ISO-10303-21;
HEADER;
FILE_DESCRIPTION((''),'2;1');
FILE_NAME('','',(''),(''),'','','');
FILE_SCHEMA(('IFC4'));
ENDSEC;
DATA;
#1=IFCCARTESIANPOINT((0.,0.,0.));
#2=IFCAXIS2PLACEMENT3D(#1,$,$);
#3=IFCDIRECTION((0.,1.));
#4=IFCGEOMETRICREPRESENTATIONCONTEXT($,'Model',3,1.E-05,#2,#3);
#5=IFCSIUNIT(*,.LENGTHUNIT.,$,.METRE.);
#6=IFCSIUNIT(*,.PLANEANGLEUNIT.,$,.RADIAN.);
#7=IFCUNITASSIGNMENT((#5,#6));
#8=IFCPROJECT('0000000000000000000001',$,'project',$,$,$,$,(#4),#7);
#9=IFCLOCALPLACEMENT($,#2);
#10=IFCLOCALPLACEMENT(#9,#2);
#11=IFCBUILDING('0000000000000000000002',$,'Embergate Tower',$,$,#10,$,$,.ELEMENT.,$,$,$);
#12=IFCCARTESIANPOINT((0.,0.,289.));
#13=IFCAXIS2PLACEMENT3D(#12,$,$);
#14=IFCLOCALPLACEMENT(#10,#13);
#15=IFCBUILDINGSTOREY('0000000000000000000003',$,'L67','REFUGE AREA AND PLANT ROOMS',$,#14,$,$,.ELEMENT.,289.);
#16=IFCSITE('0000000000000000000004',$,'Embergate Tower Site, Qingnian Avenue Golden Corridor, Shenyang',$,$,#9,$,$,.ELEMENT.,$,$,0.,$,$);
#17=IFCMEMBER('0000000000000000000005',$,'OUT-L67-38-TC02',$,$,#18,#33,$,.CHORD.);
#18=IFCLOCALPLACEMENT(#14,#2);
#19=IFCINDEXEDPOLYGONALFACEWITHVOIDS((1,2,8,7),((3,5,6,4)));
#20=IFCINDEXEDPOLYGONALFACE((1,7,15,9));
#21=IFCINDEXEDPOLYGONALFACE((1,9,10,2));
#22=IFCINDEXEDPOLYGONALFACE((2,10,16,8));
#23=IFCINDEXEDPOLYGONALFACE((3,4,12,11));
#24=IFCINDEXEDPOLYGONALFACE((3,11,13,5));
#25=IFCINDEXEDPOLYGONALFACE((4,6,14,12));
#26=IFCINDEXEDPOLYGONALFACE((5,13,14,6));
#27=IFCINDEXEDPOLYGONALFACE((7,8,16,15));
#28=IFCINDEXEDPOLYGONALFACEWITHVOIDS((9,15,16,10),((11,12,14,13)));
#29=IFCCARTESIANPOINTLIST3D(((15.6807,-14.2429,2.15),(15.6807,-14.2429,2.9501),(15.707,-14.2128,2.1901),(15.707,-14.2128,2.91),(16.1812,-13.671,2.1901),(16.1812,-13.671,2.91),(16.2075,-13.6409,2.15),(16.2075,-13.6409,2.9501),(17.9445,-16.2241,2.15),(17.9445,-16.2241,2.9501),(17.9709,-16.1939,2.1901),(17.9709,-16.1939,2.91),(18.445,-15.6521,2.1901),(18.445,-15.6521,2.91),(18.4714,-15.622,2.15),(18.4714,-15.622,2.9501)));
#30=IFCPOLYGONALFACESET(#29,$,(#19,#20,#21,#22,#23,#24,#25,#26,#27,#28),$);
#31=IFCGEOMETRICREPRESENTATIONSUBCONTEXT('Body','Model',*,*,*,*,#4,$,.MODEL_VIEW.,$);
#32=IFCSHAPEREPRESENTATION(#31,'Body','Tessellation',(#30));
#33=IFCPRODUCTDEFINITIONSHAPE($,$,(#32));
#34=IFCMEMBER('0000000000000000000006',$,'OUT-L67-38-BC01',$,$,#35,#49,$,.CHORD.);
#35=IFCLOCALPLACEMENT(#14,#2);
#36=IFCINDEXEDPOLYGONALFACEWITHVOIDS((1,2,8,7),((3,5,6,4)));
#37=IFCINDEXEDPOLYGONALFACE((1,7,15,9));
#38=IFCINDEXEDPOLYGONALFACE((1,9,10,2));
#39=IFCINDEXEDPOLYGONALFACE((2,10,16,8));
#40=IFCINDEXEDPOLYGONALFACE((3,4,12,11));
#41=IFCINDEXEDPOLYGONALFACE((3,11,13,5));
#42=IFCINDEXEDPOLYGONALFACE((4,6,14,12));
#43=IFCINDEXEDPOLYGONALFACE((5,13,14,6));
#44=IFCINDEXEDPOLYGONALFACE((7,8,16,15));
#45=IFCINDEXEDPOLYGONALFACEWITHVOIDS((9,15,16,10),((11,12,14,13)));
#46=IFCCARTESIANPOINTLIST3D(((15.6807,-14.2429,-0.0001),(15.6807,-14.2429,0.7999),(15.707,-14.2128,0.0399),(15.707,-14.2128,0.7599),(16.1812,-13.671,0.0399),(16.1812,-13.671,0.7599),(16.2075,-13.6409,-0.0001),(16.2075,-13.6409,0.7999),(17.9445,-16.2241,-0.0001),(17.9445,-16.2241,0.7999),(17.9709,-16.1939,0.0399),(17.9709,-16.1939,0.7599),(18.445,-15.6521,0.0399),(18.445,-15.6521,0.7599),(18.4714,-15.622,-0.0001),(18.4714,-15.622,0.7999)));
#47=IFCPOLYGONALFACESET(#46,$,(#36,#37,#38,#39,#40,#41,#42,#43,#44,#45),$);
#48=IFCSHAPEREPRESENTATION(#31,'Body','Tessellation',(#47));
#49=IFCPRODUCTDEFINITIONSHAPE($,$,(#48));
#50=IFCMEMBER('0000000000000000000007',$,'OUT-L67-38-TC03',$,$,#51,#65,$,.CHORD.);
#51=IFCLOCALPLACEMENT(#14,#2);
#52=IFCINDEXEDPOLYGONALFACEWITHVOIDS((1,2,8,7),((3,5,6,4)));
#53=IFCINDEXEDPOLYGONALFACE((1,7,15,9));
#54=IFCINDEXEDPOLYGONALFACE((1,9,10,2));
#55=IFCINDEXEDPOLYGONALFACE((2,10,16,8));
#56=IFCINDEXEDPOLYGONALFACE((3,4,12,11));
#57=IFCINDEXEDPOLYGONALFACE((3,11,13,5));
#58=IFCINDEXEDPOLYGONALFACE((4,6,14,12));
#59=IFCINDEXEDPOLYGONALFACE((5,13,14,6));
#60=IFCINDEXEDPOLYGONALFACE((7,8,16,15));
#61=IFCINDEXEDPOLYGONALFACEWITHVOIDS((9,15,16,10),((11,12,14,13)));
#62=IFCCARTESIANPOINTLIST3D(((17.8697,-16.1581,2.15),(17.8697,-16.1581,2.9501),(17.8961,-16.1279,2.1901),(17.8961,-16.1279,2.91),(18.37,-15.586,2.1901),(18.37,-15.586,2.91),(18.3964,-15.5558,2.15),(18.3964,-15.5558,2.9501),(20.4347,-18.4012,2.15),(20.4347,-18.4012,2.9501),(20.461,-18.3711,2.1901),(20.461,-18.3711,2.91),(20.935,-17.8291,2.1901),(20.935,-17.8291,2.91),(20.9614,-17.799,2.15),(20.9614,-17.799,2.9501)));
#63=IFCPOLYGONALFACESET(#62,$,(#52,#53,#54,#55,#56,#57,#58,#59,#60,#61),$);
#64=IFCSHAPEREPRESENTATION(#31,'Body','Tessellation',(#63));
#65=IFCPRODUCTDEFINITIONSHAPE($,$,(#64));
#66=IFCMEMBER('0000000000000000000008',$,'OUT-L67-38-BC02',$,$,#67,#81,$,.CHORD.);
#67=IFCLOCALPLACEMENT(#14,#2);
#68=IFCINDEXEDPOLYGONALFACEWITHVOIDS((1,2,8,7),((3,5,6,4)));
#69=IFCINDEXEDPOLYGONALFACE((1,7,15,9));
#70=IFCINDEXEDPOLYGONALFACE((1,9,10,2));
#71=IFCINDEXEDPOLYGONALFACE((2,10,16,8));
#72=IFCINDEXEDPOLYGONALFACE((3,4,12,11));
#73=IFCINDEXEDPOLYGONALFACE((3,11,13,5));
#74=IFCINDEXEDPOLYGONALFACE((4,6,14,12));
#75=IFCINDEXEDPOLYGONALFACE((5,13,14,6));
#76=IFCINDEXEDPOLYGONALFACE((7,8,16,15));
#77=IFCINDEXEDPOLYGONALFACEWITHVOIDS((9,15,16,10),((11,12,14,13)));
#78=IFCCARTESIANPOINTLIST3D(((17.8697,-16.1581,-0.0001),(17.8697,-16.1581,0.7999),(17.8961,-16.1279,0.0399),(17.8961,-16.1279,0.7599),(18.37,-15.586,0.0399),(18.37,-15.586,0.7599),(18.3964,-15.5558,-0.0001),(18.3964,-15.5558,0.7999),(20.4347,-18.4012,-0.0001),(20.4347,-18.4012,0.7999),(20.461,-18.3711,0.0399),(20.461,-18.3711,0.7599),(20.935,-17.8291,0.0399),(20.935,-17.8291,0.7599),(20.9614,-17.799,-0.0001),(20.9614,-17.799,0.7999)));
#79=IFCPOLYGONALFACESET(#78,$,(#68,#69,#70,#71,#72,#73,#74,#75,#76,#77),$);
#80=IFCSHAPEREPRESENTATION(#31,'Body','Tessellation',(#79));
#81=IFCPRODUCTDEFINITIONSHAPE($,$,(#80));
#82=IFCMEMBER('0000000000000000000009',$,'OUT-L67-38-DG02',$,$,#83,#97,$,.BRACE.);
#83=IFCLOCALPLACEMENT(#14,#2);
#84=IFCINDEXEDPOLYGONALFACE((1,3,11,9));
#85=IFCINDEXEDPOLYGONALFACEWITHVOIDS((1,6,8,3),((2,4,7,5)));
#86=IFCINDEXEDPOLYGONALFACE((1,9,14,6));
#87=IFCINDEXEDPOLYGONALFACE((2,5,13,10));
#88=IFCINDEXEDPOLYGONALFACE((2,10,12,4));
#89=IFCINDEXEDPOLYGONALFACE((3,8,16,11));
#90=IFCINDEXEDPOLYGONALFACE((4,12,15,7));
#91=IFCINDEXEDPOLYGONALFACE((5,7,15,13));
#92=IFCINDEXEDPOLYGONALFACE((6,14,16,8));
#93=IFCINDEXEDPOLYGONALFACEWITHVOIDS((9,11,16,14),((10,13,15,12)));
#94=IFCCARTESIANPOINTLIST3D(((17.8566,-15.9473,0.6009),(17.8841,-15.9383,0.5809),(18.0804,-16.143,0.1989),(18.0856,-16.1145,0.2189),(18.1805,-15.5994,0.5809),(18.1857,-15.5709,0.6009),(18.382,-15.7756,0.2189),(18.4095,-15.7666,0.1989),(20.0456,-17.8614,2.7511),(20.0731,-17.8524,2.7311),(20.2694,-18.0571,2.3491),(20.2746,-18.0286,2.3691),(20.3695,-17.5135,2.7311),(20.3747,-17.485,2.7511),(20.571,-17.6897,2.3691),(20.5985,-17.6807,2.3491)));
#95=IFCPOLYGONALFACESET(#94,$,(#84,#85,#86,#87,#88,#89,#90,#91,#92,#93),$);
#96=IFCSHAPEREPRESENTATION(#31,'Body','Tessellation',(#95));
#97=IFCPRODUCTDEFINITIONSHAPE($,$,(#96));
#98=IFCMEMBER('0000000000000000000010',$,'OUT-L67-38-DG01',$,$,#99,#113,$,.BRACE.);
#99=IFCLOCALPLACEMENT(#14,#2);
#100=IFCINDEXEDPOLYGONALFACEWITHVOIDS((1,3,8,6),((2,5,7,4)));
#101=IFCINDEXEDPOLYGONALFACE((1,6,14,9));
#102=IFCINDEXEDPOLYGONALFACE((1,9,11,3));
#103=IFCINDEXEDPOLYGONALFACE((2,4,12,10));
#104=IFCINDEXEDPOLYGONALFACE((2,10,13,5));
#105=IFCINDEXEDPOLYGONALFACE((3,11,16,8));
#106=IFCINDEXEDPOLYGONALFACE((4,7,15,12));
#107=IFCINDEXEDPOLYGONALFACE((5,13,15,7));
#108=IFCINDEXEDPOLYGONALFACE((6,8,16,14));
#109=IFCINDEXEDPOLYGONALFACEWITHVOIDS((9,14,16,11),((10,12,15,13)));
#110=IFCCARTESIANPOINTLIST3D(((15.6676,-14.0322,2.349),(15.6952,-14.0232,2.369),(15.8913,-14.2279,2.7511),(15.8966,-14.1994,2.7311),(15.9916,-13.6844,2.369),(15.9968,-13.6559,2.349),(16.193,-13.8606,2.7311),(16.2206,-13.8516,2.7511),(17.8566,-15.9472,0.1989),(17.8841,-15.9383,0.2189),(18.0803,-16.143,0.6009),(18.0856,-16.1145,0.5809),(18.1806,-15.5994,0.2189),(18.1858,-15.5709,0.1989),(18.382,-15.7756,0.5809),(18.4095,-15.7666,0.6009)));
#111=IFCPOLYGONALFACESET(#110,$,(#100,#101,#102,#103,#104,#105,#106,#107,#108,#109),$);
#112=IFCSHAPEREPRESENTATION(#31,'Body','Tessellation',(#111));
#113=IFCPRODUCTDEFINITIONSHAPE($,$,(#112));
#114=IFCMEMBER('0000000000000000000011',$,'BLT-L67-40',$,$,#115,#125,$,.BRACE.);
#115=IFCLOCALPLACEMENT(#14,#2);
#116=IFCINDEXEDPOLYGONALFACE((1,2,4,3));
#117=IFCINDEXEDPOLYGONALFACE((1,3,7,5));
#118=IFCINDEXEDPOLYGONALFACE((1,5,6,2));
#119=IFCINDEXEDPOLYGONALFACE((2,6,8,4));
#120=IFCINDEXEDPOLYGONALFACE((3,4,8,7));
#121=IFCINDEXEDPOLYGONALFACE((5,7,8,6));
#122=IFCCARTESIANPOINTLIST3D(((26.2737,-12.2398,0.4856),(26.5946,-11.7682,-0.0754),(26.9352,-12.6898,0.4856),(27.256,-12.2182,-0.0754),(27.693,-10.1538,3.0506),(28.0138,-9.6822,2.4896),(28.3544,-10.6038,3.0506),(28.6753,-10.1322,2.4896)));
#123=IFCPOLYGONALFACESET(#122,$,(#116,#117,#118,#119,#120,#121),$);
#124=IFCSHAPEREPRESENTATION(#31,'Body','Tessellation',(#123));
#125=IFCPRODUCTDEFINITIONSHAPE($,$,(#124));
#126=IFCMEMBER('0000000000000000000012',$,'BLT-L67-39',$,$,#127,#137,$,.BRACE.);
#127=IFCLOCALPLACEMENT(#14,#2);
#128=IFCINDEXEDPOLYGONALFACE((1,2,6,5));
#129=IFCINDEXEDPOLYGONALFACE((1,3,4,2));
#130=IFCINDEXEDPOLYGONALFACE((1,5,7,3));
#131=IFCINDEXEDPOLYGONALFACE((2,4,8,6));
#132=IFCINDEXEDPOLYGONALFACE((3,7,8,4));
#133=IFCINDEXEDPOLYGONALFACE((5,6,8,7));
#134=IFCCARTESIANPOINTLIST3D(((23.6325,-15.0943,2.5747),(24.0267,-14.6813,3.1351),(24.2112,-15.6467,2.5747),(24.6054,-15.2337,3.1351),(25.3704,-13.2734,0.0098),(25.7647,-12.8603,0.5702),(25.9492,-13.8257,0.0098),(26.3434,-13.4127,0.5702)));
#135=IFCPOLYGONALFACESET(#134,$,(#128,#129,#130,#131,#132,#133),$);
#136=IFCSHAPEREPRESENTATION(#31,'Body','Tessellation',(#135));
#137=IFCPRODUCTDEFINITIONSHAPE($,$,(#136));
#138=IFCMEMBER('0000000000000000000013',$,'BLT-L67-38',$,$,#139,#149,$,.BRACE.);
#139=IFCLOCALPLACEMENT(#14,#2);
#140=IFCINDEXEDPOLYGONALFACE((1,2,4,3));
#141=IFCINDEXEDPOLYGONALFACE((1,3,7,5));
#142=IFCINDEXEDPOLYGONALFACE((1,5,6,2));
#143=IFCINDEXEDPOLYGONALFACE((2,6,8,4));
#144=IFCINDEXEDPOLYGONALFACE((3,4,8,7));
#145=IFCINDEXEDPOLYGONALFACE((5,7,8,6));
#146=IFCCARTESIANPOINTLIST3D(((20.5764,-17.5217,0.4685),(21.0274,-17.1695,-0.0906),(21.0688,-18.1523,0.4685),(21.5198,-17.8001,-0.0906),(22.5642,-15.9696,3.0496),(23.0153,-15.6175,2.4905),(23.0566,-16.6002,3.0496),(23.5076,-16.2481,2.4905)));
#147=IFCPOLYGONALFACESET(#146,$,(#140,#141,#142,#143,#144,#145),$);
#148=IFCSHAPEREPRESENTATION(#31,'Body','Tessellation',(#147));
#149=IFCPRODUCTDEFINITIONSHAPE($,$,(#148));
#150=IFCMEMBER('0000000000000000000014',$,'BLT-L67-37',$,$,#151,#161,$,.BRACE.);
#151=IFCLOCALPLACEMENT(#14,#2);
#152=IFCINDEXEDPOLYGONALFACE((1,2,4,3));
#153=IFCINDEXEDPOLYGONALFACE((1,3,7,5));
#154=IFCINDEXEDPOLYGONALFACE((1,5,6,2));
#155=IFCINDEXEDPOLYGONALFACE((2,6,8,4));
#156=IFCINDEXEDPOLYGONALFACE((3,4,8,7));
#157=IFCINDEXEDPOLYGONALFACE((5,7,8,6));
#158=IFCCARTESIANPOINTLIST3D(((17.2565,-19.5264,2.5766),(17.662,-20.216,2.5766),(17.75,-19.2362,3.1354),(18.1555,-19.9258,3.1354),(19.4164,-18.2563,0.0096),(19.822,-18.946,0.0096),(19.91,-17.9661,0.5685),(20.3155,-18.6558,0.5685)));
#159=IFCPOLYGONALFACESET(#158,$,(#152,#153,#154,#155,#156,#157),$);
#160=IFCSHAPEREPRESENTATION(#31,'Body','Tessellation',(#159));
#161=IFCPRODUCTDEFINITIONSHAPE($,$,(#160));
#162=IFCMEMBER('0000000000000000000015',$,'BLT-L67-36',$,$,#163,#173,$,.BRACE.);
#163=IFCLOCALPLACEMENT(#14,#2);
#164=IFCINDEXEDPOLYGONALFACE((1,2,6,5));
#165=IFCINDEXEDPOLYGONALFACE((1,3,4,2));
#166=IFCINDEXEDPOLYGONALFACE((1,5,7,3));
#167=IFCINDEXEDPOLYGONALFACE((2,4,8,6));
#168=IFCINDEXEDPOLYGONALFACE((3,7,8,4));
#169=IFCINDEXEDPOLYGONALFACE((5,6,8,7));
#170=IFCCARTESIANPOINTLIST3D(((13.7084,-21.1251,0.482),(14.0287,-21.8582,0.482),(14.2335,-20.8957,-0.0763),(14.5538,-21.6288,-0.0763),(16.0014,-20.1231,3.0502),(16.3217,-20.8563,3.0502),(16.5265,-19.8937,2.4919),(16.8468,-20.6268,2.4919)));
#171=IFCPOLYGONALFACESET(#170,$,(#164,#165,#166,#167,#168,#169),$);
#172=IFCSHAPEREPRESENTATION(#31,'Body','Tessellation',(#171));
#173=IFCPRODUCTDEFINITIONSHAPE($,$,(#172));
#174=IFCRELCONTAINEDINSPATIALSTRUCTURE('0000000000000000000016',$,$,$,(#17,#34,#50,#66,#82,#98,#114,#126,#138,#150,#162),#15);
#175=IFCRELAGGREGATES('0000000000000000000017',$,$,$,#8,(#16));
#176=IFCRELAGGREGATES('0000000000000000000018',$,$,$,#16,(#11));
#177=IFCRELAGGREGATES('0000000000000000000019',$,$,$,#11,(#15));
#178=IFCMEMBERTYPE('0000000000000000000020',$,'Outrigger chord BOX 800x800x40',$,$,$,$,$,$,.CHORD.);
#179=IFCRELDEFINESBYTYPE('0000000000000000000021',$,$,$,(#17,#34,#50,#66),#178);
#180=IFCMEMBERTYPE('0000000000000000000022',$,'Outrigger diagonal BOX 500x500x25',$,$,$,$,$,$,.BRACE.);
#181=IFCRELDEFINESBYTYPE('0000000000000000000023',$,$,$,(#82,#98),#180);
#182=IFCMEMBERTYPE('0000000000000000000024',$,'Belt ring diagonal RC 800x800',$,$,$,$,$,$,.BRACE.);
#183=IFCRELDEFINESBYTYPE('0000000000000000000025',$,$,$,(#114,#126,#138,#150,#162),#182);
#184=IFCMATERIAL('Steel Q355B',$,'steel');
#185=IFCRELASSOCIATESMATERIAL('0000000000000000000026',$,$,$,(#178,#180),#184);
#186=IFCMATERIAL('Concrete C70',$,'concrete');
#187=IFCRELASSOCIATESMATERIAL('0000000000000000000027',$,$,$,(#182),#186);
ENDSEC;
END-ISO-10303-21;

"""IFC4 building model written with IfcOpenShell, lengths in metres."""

from ifc_helpers import new_model, si_unit, direction, frame, origin, origin_2d, place, context, subcontext, project, spatial, rectangle, hollow_rectangle, extrude, source, transform, mapped, material, material_profile, profile_set, type_object, element, save


model = new_model("IFC4")

# Units and contexts
model_context = context("Model", 3, precision=1e-05, world=origin(), true_north=direction((0.0, 1.0)))
body_context = subcontext(model_context, "Body", "Model", "MODEL_VIEW")
ifc_project = project(units=[si_unit("LENGTHUNIT", "METRE"), si_unit("PLANEANGLEUNIT", "RADIAN")], contexts=[model_context])

# Site, building, storey
site_placement = place(None, origin())
site = spatial("IfcSite", under=ifc_project, at=site_placement, Name="Embergate Tower Site, Qingnian Avenue Golden Corridor, Shenyang", CompositionType="ELEMENT", RefElevation=0.0)
building_placement = place(site_placement, origin())
building = spatial("IfcBuilding", under=site, at=building_placement, Name="Embergate Tower", CompositionType="ELEMENT")
storey_placement = place(building_placement, frame((0.0, 0.0, 289.0)))
storey = spatial("IfcBuildingStorey", under=building, at=storey_placement, Name="L67", Description="REFUGE AREA AND PLANT ROOMS", CompositionType="ELEMENT", Elevation=289.0)

# Shared definitions
ifc_material_1 = material(Name="Steel Q355B", Category="steel")

# Members
ifc_material_profile_1 = material_profile(ifc_material_1, hollow_rectangle(XDim=0.8, YDim=0.8, WallThickness=0.04, at=origin_2d()), Name="BOX 800x800x40")
ifc_profile_set_1 = profile_set([ifc_material_profile_1], Name="Steel Q355 grade B")
member_type_1 = type_object("IfcMemberType", Name="Outrigger chord BOX 800x800x40", PredefinedType="CHORD", material=ifc_profile_set_1)
shared_shape_1 = source(origin(), body_context, "Body", "SweptSolid", [
    extrude(hollow_rectangle(XDim=0.8, YDim=0.8, WallThickness=0.04, at=origin_2d()), origin(), (0.0, 0.0, 1.0), 3.0083),
])
for number, where, z_axis, x_axis, name in (
    (1, (15.9441, -13.9419, 2.55), (0.752531, -0.658556, 0.0), (0.658556, 0.752531, 0.0), "OUT-L67-38-TC02"),
    (2, (15.9441, -13.9419, 0.3999), (0.752531, -0.658556, 0.0), (0.658556, 0.752531, 0.0), "OUT-L67-38-BC01"),
):
    element("IfcMember", number, at=place(storey_placement, frame(where, z_axis=z_axis, x_axis=x_axis)), inside=storey, type_object=member_type_1, Name=name, PredefinedType="CHORD", context=body_context, shape_type="MappedRepresentation", body=[
        mapped(shared_shape_1, transform((0.0, 0.0, 0.0))),
    ])
shared_shape_2 = source(origin(), body_context, "Body", "SweptSolid", [
    extrude(hollow_rectangle(XDim=0.8, YDim=0.8, WallThickness=0.04, at=origin_2d()), origin(), (0.0, 0.0, 1.0), 3.4075),
])
for number, where, z_axis, x_axis, name in (
    (3, (18.1331, -15.8569, 2.55), (0.752745, -0.658312, 0.0), (0.658312, 0.752745, 0.0), "OUT-L67-38-TC03"),
    (4, (18.1331, -15.8569, 0.3999), (0.752745, -0.658312, 0.0), (0.658312, 0.752745, 0.0), "OUT-L67-38-BC02"),
):
    element("IfcMember", number, at=place(storey_placement, frame(where, z_axis=z_axis, x_axis=x_axis)), inside=storey, type_object=member_type_1, Name=name, PredefinedType="CHORD", context=body_context, shape_type="MappedRepresentation", body=[
        mapped(shared_shape_2, transform((0.0, 0.0, 0.0))),
    ])
ifc_material_profile_2 = material_profile(ifc_material_1, hollow_rectangle(XDim=0.5, YDim=0.5, WallThickness=0.0249, at=origin_2d()), Name="BOX 500x500x25")
ifc_profile_set_2 = profile_set([ifc_material_profile_2], Name="Steel Q355 grade B")
member_type_2 = type_object("IfcMemberType", Name="Outrigger diagonal BOX 500x500x25", PredefinedType="BRACE", material=ifc_profile_set_2)
shared_shape_3 = source(origin(), body_context, "Body", "SweptSolid", [
    extrude(hollow_rectangle(XDim=0.5, YDim=0.5, WallThickness=0.0249, at=origin_2d()), origin(), (0.0, 0.0, 1.0), 3.6165),
])
member_1_placement = place(storey_placement, frame((18.1331, -15.8569, 0.3999), z_axis=(0.605289, -0.529273, 0.594555), x_axis=(0.658255, 0.752795, 0.0)))
element("IfcMember", 5, at=member_1_placement, inside=storey, type_object=member_type_2, Name="OUT-L67-38-DG02", PredefinedType="BRACE", context=body_context, shape_type="MappedRepresentation", body=[
    mapped(shared_shape_3, transform((0.0, 0.0, 0.0))),
])
shared_shape_4 = source(origin(), body_context, "Body", "SweptSolid", [
    extrude(hollow_rectangle(XDim=0.5, YDim=0.5, WallThickness=0.0249, at=origin_2d()), origin(), (0.0, 0.0, 1.0), 3.6169),
])
member_2_placement = place(storey_placement, frame((15.9441, -13.9419, 2.55), z_axis=(0.605202, -0.529468, -0.59447), x_axis=(0.658445, 0.752629, 0.0)))
element("IfcMember", 6, at=member_2_placement, inside=storey, type_object=member_type_2, Name="OUT-L67-38-DG01", PredefinedType="BRACE", context=body_context, shape_type="MappedRepresentation", body=[
    mapped(shared_shape_4, transform((0.0, 0.0, 0.0))),
])
ifc_material_2 = material(Name="Concrete C70", Category="concrete")
ifc_material_profile_3 = material_profile(ifc_material_2, rectangle(XDim=0.8, YDim=0.8, at=origin_2d()), Name="RC 800x800")
ifc_profile_set_3 = profile_set([ifc_material_profile_3], Name="Concrete C70")
member_type_3 = type_object("IfcMemberType", Name="Belt ring diagonal RC 800x800", PredefinedType="BRACE", material=ifc_profile_set_3)
shared_shape_5 = source(origin(), body_context, "Body", "SweptSolid", [
    extrude(rectangle(XDim=0.8, YDim=0.8, at=origin_2d()), origin(), (0.0, 0.0, 1.0), 3.5979),
])
member_3_placement = place(storey_placement, frame((26.7649, -12.229, 0.2051), z_axis=(0.39446, 0.579782, 0.71292), x_axis=(-0.826788, 0.562514, 0.0)))
element("IfcMember", 7, at=member_3_placement, inside=storey, type_object=member_type_3, Name="BLT-L67-40", PredefinedType="BRACE", context=body_context, shape_type="MappedRepresentation", body=[
    mapped(shared_shape_5, transform((0.0, 0.0, 0.0))),
])
shared_shape_6 = source(origin(), body_context, "Body", "SweptSolid", [
    extrude(rectangle(XDim=0.8, YDim=0.8, at=origin_2d()), origin(), (0.0, 0.0, 1.0), 3.5938),
])
member_4_placement = place(storey_placement, frame((25.8569, -13.343, 0.29), z_axis=(-0.483612, -0.506709, 0.713699), x_axis=(0.723402, -0.690427, 0.0)))
element("IfcMember", 8, at=member_4_placement, inside=storey, type_object=member_type_3, Name="BLT-L67-39", PredefinedType="BRACE", context=body_context, shape_type="MappedRepresentation", body=[
    mapped(shared_shape_6, transform((0.0, 0.0, 0.0))),
])
shared_shape_7 = source(origin(), body_context, "Body", "SweptSolid", [
    extrude(rectangle(XDim=0.8, YDim=0.8, at=origin_2d()), origin(), (0.0, 0.0, 1.0), 3.6086),
])
member_5_placement = place(storey_placement, frame((21.0481, -17.6609, 0.189), z_axis=(0.550851, 0.430086, 0.715254), x_axis=(-0.615407, 0.788209, 0.0)))
element("IfcMember", 9, at=member_5_placement, inside=storey, type_object=member_type_3, Name="BLT-L67-38", PredefinedType="BRACE", context=body_context, shape_type="MappedRepresentation", body=[
    mapped(shared_shape_7, transform((0.0, 0.0, 0.0))),
])
shared_shape_8 = source(origin(), body_context, "Body", "SweptSolid", [
    extrude(rectangle(XDim=0.8, YDim=0.8, at=origin_2d()), origin(), (0.0, 0.0, 1.0), 3.5872),
])
member_6_placement = place(storey_placement, frame((19.866, -18.4561, 0.2891), z_axis=(-0.602137, -0.354054, 0.715595), x_axis=(0.506867, -0.862024, 0.0)))
element("IfcMember", 10, at=member_6_placement, inside=storey, type_object=member_type_3, Name="BLT-L67-37", PredefinedType="BRACE", context=body_context, shape_type="MappedRepresentation", body=[
    mapped(shared_shape_8, transform((0.0, 0.0, 0.0))),
])
shared_shape_9 = source(origin(), body_context, "Body", "SweptSolid", [
    extrude(rectangle(XDim=0.8, YDim=0.8, at=origin_2d()), origin(), (0.0, 0.0, 1.0), 3.5857),
])
member_7_placement = place(storey_placement, frame((14.1311, -21.377, 0.2029), z_axis=(0.639486, 0.279435, 0.716222), x_axis=(-0.400409, 0.916336, 0.0)))
element("IfcMember", 11, at=member_7_placement, inside=storey, type_object=member_type_3, Name="BLT-L67-36", PredefinedType="BRACE", context=body_context, shape_type="MappedRepresentation", body=[
    mapped(shared_shape_9, transform((0.0, 0.0, 0.0))),
])

save(model, "model.ifc")
